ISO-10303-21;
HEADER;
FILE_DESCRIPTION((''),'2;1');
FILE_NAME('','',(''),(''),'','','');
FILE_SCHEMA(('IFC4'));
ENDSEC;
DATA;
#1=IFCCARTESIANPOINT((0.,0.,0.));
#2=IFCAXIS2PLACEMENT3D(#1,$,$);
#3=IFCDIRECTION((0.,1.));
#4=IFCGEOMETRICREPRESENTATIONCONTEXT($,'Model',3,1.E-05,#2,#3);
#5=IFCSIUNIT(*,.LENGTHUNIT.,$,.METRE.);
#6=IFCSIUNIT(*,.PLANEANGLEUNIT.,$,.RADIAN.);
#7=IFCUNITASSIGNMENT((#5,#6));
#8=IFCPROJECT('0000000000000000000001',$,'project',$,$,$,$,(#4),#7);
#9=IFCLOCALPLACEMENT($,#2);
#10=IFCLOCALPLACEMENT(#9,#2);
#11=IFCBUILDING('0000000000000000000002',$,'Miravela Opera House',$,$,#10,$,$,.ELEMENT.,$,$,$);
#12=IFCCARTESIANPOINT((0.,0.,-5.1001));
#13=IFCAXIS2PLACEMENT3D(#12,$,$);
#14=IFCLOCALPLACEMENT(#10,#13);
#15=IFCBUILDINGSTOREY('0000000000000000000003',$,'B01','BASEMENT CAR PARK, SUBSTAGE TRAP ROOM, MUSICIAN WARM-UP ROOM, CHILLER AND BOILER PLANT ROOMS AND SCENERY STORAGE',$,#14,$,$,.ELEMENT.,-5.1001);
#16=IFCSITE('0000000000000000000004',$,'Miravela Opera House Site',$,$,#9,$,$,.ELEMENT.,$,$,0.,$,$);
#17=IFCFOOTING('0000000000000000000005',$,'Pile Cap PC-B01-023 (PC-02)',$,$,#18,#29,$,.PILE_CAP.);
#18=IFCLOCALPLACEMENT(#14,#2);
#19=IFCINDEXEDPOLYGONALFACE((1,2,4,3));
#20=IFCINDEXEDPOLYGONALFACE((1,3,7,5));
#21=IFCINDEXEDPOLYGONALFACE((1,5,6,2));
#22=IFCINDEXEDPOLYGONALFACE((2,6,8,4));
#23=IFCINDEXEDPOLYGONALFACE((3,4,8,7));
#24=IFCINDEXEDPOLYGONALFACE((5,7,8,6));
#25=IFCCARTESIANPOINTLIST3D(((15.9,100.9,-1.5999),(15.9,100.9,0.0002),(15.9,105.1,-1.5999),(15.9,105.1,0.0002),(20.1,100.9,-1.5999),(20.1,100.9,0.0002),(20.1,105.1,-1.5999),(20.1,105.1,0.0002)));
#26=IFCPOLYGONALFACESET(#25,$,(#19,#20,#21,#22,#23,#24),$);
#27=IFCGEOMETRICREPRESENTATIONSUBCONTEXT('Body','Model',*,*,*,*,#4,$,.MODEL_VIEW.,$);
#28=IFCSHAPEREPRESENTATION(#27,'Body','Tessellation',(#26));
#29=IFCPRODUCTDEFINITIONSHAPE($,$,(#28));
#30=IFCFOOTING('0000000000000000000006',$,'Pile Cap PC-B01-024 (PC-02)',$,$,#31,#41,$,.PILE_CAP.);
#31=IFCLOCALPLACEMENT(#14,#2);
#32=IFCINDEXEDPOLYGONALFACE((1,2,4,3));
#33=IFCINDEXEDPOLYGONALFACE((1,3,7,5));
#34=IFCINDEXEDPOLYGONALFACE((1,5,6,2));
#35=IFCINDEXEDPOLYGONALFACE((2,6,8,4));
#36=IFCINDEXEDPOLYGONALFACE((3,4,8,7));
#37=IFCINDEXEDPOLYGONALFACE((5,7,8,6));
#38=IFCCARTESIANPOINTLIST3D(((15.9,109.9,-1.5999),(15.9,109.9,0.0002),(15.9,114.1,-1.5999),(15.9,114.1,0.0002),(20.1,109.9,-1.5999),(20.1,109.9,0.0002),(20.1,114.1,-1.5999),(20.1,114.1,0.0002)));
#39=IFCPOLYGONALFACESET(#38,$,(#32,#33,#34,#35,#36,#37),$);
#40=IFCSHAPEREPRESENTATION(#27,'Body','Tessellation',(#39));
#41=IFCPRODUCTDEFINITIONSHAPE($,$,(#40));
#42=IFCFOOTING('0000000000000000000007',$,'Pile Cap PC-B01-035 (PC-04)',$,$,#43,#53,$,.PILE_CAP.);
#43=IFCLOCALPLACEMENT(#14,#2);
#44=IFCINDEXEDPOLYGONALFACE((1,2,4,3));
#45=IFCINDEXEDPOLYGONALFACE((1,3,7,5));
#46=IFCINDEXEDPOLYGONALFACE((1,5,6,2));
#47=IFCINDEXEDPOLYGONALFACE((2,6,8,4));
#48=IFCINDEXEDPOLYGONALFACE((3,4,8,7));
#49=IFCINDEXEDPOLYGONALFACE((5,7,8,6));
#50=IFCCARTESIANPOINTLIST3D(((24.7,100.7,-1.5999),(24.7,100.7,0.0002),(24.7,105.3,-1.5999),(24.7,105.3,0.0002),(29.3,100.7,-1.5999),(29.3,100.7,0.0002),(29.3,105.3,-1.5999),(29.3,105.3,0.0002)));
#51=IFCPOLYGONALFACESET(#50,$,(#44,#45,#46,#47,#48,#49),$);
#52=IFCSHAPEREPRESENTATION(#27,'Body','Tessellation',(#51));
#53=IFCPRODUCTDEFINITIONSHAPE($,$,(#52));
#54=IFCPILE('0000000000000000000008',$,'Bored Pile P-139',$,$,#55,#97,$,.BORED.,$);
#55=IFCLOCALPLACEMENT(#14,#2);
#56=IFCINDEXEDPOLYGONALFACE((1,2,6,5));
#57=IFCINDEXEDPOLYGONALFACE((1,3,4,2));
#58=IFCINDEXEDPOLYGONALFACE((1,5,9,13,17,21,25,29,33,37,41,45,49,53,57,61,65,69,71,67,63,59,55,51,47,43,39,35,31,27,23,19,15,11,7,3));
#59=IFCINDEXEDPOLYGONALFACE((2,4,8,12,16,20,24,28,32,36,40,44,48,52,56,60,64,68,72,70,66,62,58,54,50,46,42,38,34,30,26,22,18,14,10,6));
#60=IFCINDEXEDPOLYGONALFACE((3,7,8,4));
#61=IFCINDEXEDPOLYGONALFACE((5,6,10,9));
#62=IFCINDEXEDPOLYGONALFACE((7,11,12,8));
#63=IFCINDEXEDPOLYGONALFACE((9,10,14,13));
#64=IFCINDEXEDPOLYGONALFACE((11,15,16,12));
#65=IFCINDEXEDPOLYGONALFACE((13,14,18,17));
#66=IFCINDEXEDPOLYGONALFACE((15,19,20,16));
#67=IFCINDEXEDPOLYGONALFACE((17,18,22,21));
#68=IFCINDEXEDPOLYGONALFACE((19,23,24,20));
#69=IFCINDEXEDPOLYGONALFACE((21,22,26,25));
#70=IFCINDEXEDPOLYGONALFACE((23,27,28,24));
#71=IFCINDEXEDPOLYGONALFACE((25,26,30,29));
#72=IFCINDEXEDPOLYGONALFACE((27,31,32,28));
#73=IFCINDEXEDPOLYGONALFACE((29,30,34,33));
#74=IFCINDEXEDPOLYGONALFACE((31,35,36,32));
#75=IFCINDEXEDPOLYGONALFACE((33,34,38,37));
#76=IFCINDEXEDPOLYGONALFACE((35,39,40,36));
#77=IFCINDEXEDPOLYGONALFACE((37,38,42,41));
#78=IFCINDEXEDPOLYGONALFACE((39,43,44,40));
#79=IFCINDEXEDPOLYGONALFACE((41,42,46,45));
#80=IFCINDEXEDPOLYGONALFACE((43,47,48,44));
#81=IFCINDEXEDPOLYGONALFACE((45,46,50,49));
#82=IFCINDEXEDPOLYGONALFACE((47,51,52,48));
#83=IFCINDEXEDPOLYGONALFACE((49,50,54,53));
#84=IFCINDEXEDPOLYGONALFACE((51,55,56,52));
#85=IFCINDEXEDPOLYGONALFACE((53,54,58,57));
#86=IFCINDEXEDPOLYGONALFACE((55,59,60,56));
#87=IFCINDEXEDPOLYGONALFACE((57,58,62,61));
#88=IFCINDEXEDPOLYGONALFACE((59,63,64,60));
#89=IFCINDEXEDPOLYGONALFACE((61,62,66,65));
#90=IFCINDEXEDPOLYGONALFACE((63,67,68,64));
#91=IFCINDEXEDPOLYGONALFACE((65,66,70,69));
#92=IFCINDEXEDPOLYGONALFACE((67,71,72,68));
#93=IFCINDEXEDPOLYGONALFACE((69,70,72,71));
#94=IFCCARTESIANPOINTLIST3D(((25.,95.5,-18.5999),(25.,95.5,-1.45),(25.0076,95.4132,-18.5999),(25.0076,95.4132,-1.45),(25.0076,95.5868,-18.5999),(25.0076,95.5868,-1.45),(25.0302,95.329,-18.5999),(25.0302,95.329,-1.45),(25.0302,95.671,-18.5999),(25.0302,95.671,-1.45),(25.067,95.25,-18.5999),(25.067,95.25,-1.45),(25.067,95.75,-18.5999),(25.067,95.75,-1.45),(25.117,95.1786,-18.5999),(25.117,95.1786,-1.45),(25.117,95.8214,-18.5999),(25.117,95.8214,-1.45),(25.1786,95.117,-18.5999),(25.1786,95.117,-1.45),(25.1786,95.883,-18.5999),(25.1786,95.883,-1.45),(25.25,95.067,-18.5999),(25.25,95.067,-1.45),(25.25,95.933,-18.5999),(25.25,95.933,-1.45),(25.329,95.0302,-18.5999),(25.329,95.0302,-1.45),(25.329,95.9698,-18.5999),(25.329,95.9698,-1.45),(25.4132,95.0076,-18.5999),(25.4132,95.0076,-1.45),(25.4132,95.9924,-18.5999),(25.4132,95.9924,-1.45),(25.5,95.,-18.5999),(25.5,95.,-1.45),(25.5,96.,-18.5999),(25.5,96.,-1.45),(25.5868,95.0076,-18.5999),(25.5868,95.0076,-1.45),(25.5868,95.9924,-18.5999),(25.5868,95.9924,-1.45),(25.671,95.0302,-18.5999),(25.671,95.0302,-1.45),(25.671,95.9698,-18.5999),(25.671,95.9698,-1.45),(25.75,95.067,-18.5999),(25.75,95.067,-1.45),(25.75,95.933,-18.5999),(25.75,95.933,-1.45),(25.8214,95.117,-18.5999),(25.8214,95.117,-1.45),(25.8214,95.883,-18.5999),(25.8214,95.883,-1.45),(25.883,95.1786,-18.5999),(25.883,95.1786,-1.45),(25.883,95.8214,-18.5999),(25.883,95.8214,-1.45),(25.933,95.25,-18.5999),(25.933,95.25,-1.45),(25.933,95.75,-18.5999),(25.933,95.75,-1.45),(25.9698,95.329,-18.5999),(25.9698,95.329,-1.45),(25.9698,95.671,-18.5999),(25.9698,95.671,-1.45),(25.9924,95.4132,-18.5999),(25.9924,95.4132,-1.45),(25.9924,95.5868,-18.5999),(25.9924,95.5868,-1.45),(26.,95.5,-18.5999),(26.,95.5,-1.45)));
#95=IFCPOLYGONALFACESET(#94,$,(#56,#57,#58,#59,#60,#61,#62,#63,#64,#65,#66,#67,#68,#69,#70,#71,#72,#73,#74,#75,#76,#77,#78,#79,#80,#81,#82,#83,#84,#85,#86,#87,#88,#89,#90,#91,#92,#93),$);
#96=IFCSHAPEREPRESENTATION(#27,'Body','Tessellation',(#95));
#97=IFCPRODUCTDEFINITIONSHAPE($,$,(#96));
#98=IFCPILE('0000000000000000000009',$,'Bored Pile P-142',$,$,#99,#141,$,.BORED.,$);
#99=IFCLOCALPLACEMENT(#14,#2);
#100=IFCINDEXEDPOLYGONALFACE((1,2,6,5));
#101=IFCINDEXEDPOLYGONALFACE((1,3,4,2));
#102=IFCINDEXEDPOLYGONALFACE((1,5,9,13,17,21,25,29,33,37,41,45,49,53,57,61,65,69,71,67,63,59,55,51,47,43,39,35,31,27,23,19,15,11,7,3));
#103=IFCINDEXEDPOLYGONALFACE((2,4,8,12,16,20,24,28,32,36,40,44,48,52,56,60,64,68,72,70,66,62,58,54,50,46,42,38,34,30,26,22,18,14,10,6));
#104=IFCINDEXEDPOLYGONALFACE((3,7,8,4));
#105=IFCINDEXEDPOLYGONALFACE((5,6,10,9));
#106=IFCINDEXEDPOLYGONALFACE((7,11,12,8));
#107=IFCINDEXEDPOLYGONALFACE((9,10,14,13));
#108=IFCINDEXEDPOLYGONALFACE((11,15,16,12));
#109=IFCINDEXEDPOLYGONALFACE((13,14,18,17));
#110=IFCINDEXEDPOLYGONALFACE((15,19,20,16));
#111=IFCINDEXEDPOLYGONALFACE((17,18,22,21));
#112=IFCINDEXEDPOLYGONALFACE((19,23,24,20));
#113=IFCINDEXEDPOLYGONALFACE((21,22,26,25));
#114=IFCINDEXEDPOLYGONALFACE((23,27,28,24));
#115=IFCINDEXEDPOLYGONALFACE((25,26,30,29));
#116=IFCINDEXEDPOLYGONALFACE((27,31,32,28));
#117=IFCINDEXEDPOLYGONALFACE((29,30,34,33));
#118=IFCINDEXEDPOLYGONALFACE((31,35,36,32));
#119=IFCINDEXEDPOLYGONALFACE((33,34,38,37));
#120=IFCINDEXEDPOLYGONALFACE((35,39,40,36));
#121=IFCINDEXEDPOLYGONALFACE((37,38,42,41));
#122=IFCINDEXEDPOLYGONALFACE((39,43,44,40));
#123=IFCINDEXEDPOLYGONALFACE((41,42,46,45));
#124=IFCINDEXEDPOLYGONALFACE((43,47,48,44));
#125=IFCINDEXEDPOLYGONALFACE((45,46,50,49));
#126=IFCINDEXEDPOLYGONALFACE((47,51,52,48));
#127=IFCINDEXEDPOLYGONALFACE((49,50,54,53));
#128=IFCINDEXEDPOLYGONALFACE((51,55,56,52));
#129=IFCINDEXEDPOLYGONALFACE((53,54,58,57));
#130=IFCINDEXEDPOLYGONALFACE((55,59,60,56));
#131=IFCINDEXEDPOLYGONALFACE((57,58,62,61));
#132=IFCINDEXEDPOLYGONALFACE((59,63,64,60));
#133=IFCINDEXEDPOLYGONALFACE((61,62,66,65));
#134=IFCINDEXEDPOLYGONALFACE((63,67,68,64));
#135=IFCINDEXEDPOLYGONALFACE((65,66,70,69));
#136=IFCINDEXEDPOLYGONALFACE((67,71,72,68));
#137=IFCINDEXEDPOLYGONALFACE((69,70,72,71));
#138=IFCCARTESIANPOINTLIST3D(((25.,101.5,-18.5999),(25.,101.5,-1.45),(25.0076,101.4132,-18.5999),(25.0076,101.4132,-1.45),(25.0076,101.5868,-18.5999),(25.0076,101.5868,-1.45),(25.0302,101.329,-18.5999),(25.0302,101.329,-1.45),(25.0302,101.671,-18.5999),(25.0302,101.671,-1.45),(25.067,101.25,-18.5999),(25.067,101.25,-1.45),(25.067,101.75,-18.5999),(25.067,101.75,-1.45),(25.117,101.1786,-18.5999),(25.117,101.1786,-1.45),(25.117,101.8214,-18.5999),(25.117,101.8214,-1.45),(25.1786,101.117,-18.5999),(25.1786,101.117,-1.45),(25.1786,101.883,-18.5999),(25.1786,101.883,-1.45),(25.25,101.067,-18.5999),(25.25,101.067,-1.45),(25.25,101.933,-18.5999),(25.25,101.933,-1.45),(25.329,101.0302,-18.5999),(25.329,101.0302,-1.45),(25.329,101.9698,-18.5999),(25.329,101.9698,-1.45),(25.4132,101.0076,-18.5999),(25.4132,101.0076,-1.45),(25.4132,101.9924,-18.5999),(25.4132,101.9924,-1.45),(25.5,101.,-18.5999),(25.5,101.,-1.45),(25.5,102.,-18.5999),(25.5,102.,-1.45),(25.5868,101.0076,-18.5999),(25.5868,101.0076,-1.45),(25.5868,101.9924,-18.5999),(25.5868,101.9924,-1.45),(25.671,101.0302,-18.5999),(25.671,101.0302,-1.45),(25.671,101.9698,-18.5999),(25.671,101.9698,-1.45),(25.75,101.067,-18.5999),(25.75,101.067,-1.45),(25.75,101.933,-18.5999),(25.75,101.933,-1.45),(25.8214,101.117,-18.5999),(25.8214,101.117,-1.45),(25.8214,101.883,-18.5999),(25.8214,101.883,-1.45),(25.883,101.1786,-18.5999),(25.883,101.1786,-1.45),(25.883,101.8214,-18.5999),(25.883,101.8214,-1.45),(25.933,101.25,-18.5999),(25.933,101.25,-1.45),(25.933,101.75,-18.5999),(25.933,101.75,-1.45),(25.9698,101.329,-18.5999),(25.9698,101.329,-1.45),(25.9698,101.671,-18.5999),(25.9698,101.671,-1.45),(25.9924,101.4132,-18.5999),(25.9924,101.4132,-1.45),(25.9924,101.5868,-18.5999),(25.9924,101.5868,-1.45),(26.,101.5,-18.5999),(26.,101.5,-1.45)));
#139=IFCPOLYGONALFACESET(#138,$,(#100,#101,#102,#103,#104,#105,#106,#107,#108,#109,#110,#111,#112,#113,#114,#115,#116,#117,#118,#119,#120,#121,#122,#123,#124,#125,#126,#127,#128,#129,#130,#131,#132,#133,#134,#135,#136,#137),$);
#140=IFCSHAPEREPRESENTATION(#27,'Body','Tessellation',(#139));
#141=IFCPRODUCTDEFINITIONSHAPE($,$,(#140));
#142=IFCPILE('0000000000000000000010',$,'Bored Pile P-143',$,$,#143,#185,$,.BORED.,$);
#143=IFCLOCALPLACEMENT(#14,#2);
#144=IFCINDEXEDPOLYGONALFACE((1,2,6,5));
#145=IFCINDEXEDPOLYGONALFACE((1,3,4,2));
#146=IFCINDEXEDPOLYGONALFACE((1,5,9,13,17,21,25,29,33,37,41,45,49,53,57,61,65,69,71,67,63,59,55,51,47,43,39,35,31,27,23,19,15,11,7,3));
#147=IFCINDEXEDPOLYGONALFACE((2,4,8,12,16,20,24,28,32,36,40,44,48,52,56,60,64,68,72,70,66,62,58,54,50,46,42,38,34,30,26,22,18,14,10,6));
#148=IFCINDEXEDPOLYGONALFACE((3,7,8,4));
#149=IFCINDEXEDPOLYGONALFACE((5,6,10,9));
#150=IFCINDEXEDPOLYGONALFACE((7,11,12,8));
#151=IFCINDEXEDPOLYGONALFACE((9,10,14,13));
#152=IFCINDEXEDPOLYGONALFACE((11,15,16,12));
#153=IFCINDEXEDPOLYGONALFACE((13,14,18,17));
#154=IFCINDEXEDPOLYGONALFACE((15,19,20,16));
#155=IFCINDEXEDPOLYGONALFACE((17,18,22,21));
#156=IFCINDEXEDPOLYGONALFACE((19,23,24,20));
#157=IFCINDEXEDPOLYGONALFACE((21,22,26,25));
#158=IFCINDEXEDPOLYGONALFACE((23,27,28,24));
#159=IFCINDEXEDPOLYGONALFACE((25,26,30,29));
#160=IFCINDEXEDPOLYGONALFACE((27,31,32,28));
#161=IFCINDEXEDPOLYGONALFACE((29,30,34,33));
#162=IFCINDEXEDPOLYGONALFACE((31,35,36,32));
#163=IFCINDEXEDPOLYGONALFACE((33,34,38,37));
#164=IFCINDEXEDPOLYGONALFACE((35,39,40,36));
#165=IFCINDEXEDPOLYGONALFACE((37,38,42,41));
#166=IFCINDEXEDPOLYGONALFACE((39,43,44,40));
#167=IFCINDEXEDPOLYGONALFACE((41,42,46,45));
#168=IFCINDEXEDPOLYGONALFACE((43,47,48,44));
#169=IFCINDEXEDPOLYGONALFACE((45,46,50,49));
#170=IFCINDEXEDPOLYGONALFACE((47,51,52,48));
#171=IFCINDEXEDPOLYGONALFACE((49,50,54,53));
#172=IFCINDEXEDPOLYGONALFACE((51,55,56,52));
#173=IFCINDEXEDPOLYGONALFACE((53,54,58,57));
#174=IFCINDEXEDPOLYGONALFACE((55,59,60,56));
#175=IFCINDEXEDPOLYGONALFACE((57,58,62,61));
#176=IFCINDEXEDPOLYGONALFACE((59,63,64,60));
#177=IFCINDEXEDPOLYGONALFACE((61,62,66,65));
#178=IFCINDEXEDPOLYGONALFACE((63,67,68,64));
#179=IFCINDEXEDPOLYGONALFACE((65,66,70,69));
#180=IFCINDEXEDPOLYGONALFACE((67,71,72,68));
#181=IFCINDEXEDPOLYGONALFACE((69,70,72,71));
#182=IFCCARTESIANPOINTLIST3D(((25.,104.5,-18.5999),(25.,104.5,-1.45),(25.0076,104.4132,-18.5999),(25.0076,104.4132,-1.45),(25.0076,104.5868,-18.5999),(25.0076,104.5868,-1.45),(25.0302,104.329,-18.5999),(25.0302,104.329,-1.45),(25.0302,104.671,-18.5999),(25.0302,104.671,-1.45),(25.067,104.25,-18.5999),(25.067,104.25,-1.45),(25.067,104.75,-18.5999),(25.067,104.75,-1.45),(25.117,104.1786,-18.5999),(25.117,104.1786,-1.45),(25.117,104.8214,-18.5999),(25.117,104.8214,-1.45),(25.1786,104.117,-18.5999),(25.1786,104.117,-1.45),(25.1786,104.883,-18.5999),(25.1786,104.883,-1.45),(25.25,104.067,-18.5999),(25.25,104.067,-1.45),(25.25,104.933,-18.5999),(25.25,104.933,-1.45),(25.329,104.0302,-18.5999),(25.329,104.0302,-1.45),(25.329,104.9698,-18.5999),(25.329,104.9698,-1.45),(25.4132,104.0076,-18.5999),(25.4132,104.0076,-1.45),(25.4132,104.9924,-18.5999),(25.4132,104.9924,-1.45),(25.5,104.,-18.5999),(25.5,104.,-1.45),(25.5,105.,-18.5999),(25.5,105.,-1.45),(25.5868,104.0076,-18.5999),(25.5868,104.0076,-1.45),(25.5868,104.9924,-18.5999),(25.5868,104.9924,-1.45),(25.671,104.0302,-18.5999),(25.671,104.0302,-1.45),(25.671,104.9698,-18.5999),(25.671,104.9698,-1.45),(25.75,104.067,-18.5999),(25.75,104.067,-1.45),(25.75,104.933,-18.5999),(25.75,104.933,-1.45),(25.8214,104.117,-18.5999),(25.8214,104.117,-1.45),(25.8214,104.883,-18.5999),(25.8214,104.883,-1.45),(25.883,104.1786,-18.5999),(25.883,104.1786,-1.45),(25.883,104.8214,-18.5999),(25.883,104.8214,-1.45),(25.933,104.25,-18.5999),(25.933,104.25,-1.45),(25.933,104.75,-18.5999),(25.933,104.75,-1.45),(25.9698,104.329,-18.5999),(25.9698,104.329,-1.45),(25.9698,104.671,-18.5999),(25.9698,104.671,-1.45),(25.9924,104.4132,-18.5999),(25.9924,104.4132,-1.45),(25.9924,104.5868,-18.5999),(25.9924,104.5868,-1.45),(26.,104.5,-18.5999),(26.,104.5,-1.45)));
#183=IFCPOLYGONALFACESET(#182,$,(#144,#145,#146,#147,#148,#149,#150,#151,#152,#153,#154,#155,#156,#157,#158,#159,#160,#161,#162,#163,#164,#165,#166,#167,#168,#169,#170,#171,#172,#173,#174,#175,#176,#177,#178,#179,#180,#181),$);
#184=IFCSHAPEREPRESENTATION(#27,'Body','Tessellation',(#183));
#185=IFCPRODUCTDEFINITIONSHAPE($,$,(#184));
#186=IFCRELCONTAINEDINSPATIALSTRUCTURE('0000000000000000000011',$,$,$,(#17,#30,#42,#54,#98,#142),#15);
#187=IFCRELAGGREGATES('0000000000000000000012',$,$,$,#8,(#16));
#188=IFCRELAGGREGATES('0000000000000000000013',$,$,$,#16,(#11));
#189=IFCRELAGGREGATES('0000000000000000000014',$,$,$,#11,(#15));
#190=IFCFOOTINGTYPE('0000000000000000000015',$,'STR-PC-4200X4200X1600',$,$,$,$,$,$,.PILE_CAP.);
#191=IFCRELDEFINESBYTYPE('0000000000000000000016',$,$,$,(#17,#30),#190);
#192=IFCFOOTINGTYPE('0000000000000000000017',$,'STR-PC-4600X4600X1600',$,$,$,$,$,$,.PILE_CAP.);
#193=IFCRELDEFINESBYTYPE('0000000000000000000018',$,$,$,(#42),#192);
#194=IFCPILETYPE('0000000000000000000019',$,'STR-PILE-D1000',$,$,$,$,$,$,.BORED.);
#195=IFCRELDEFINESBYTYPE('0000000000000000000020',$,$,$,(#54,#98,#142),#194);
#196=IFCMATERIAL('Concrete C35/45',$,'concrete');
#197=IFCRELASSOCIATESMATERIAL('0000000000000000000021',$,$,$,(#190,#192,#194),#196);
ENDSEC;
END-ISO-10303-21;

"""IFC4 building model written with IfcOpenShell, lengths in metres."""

from ifc_helpers import new_model, si_unit, direction, frame, origin, origin_2d, place, context, subcontext, project, spatial, rectangle, circle, extrude, material, material_profile, profile_set, type_object, element, save


model = new_model("IFC4")

# Units and contexts
model_context = context("Model", 3, precision=1e-05, world=origin(), true_north=direction((0.0, 1.0)))
body_context = subcontext(model_context, "Body", "Model", "MODEL_VIEW")
ifc_project = project(units=[si_unit("LENGTHUNIT", "METRE"), si_unit("PLANEANGLEUNIT", "RADIAN")], contexts=[model_context])

# Site, building, storey
site_placement = place(None, origin())
site = spatial("IfcSite", under=ifc_project, at=site_placement, Name="Miravela Opera House Site", CompositionType="ELEMENT", RefElevation=0.0)
building_placement = place(site_placement, origin())
building = spatial("IfcBuilding", under=site, at=building_placement, Name="Miravela Opera House", CompositionType="ELEMENT")
storey_placement = place(building_placement, frame((0.0, 0.0, -5.1001)))
storey = spatial("IfcBuildingStorey", under=building, at=storey_placement, Name="B01", Description="BASEMENT CAR PARK, SUBSTAGE TRAP ROOM, MUSICIAN WARM-UP ROOM, CHILLER AND BOILER PLANT ROOMS AND SCENERY STORAGE", CompositionType="ELEMENT", Elevation=-5.1001)

# Footings
ifc_material_1 = material(Name="Concrete C35/45", Category="concrete")
footing_type_1 = type_object("IfcFootingType", Name="STR-PC-4200X4200X1600", PredefinedType="PILE_CAP", material=ifc_material_1)
for number, where, z_axis, x_axis, name in (
    (1, (18.0, 103.0, -1.5999), (0.0, 0.0, 1.0), (1.0, 0.0, 0.0), "Pile Cap PC-B01-023 (PC-02)"),
    (2, (18.0, 112.0, -1.5999), (0.0, 0.0, 1.0), (1.0, 0.0, 0.0), "Pile Cap PC-B01-024 (PC-02)"),
):
    element("IfcFooting", number, at=place(storey_placement, frame(where, z_axis=z_axis, x_axis=x_axis)), inside=storey, type_object=footing_type_1, Name=name, PredefinedType="PILE_CAP", context=body_context, shape_type="SweptSolid", body=[
        extrude(rectangle(XDim=4.2, YDim=4.2, at=origin_2d()), origin(), (0.0, 0.0, 1.0), 1.6001),
    ])
footing_type_2 = type_object("IfcFootingType", Name="STR-PC-4600X4600X1600", PredefinedType="PILE_CAP", material=ifc_material_1)
footing_placement = place(storey_placement, frame((27.0, 103.0, -1.5999), z_axis=(0.0, 0.0, 1.0), x_axis=(1.0, 0.0, 0.0)))
element("IfcFooting", 3, at=footing_placement, inside=storey, type_object=footing_type_2, Name="Pile Cap PC-B01-035 (PC-04)", PredefinedType="PILE_CAP", context=body_context, shape_type="SweptSolid", body=[
    extrude(rectangle(XDim=4.6001, YDim=4.6001, at=origin_2d()), origin(), (0.0, 0.0, 1.0), 1.6001),
])

# Piles
ifc_material_profile_1 = material_profile(ifc_material_1, circle(Radius=0.5, at=origin_2d()), Name="PILE-D1000")
ifc_profile_set_1 = profile_set([ifc_material_profile_1])
pile_type_1 = type_object("IfcPileType", Name="STR-PILE-D1000", PredefinedType="BORED", material=ifc_profile_set_1)
for number, where, z_axis, x_axis, name in (
    (4, (25.5, 95.5, -1.45), (0.0, 0.0, -1.0), (1.0, 0.0, 0.0), "Bored Pile P-139"),
    (5, (25.5, 101.5, -1.45), (0.0, 0.0, -1.0), (1.0, 0.0, 0.0), "Bored Pile P-142"),
    (6, (25.5, 104.5, -1.45), (0.0, 0.0, -1.0), (1.0, 0.0, 0.0), "Bored Pile P-143"),
):
    element("IfcPile", number, at=place(storey_placement, frame(where, z_axis=z_axis, x_axis=x_axis)), inside=storey, type_object=pile_type_1, Name=name, PredefinedType="BORED", context=body_context, shape_type="SweptSolid", body=[
        extrude(circle(Radius=0.5, at=origin_2d()), origin(), (0.0, 0.0, 1.0), 17.1499),
    ])

save(model, "model.ifc")
